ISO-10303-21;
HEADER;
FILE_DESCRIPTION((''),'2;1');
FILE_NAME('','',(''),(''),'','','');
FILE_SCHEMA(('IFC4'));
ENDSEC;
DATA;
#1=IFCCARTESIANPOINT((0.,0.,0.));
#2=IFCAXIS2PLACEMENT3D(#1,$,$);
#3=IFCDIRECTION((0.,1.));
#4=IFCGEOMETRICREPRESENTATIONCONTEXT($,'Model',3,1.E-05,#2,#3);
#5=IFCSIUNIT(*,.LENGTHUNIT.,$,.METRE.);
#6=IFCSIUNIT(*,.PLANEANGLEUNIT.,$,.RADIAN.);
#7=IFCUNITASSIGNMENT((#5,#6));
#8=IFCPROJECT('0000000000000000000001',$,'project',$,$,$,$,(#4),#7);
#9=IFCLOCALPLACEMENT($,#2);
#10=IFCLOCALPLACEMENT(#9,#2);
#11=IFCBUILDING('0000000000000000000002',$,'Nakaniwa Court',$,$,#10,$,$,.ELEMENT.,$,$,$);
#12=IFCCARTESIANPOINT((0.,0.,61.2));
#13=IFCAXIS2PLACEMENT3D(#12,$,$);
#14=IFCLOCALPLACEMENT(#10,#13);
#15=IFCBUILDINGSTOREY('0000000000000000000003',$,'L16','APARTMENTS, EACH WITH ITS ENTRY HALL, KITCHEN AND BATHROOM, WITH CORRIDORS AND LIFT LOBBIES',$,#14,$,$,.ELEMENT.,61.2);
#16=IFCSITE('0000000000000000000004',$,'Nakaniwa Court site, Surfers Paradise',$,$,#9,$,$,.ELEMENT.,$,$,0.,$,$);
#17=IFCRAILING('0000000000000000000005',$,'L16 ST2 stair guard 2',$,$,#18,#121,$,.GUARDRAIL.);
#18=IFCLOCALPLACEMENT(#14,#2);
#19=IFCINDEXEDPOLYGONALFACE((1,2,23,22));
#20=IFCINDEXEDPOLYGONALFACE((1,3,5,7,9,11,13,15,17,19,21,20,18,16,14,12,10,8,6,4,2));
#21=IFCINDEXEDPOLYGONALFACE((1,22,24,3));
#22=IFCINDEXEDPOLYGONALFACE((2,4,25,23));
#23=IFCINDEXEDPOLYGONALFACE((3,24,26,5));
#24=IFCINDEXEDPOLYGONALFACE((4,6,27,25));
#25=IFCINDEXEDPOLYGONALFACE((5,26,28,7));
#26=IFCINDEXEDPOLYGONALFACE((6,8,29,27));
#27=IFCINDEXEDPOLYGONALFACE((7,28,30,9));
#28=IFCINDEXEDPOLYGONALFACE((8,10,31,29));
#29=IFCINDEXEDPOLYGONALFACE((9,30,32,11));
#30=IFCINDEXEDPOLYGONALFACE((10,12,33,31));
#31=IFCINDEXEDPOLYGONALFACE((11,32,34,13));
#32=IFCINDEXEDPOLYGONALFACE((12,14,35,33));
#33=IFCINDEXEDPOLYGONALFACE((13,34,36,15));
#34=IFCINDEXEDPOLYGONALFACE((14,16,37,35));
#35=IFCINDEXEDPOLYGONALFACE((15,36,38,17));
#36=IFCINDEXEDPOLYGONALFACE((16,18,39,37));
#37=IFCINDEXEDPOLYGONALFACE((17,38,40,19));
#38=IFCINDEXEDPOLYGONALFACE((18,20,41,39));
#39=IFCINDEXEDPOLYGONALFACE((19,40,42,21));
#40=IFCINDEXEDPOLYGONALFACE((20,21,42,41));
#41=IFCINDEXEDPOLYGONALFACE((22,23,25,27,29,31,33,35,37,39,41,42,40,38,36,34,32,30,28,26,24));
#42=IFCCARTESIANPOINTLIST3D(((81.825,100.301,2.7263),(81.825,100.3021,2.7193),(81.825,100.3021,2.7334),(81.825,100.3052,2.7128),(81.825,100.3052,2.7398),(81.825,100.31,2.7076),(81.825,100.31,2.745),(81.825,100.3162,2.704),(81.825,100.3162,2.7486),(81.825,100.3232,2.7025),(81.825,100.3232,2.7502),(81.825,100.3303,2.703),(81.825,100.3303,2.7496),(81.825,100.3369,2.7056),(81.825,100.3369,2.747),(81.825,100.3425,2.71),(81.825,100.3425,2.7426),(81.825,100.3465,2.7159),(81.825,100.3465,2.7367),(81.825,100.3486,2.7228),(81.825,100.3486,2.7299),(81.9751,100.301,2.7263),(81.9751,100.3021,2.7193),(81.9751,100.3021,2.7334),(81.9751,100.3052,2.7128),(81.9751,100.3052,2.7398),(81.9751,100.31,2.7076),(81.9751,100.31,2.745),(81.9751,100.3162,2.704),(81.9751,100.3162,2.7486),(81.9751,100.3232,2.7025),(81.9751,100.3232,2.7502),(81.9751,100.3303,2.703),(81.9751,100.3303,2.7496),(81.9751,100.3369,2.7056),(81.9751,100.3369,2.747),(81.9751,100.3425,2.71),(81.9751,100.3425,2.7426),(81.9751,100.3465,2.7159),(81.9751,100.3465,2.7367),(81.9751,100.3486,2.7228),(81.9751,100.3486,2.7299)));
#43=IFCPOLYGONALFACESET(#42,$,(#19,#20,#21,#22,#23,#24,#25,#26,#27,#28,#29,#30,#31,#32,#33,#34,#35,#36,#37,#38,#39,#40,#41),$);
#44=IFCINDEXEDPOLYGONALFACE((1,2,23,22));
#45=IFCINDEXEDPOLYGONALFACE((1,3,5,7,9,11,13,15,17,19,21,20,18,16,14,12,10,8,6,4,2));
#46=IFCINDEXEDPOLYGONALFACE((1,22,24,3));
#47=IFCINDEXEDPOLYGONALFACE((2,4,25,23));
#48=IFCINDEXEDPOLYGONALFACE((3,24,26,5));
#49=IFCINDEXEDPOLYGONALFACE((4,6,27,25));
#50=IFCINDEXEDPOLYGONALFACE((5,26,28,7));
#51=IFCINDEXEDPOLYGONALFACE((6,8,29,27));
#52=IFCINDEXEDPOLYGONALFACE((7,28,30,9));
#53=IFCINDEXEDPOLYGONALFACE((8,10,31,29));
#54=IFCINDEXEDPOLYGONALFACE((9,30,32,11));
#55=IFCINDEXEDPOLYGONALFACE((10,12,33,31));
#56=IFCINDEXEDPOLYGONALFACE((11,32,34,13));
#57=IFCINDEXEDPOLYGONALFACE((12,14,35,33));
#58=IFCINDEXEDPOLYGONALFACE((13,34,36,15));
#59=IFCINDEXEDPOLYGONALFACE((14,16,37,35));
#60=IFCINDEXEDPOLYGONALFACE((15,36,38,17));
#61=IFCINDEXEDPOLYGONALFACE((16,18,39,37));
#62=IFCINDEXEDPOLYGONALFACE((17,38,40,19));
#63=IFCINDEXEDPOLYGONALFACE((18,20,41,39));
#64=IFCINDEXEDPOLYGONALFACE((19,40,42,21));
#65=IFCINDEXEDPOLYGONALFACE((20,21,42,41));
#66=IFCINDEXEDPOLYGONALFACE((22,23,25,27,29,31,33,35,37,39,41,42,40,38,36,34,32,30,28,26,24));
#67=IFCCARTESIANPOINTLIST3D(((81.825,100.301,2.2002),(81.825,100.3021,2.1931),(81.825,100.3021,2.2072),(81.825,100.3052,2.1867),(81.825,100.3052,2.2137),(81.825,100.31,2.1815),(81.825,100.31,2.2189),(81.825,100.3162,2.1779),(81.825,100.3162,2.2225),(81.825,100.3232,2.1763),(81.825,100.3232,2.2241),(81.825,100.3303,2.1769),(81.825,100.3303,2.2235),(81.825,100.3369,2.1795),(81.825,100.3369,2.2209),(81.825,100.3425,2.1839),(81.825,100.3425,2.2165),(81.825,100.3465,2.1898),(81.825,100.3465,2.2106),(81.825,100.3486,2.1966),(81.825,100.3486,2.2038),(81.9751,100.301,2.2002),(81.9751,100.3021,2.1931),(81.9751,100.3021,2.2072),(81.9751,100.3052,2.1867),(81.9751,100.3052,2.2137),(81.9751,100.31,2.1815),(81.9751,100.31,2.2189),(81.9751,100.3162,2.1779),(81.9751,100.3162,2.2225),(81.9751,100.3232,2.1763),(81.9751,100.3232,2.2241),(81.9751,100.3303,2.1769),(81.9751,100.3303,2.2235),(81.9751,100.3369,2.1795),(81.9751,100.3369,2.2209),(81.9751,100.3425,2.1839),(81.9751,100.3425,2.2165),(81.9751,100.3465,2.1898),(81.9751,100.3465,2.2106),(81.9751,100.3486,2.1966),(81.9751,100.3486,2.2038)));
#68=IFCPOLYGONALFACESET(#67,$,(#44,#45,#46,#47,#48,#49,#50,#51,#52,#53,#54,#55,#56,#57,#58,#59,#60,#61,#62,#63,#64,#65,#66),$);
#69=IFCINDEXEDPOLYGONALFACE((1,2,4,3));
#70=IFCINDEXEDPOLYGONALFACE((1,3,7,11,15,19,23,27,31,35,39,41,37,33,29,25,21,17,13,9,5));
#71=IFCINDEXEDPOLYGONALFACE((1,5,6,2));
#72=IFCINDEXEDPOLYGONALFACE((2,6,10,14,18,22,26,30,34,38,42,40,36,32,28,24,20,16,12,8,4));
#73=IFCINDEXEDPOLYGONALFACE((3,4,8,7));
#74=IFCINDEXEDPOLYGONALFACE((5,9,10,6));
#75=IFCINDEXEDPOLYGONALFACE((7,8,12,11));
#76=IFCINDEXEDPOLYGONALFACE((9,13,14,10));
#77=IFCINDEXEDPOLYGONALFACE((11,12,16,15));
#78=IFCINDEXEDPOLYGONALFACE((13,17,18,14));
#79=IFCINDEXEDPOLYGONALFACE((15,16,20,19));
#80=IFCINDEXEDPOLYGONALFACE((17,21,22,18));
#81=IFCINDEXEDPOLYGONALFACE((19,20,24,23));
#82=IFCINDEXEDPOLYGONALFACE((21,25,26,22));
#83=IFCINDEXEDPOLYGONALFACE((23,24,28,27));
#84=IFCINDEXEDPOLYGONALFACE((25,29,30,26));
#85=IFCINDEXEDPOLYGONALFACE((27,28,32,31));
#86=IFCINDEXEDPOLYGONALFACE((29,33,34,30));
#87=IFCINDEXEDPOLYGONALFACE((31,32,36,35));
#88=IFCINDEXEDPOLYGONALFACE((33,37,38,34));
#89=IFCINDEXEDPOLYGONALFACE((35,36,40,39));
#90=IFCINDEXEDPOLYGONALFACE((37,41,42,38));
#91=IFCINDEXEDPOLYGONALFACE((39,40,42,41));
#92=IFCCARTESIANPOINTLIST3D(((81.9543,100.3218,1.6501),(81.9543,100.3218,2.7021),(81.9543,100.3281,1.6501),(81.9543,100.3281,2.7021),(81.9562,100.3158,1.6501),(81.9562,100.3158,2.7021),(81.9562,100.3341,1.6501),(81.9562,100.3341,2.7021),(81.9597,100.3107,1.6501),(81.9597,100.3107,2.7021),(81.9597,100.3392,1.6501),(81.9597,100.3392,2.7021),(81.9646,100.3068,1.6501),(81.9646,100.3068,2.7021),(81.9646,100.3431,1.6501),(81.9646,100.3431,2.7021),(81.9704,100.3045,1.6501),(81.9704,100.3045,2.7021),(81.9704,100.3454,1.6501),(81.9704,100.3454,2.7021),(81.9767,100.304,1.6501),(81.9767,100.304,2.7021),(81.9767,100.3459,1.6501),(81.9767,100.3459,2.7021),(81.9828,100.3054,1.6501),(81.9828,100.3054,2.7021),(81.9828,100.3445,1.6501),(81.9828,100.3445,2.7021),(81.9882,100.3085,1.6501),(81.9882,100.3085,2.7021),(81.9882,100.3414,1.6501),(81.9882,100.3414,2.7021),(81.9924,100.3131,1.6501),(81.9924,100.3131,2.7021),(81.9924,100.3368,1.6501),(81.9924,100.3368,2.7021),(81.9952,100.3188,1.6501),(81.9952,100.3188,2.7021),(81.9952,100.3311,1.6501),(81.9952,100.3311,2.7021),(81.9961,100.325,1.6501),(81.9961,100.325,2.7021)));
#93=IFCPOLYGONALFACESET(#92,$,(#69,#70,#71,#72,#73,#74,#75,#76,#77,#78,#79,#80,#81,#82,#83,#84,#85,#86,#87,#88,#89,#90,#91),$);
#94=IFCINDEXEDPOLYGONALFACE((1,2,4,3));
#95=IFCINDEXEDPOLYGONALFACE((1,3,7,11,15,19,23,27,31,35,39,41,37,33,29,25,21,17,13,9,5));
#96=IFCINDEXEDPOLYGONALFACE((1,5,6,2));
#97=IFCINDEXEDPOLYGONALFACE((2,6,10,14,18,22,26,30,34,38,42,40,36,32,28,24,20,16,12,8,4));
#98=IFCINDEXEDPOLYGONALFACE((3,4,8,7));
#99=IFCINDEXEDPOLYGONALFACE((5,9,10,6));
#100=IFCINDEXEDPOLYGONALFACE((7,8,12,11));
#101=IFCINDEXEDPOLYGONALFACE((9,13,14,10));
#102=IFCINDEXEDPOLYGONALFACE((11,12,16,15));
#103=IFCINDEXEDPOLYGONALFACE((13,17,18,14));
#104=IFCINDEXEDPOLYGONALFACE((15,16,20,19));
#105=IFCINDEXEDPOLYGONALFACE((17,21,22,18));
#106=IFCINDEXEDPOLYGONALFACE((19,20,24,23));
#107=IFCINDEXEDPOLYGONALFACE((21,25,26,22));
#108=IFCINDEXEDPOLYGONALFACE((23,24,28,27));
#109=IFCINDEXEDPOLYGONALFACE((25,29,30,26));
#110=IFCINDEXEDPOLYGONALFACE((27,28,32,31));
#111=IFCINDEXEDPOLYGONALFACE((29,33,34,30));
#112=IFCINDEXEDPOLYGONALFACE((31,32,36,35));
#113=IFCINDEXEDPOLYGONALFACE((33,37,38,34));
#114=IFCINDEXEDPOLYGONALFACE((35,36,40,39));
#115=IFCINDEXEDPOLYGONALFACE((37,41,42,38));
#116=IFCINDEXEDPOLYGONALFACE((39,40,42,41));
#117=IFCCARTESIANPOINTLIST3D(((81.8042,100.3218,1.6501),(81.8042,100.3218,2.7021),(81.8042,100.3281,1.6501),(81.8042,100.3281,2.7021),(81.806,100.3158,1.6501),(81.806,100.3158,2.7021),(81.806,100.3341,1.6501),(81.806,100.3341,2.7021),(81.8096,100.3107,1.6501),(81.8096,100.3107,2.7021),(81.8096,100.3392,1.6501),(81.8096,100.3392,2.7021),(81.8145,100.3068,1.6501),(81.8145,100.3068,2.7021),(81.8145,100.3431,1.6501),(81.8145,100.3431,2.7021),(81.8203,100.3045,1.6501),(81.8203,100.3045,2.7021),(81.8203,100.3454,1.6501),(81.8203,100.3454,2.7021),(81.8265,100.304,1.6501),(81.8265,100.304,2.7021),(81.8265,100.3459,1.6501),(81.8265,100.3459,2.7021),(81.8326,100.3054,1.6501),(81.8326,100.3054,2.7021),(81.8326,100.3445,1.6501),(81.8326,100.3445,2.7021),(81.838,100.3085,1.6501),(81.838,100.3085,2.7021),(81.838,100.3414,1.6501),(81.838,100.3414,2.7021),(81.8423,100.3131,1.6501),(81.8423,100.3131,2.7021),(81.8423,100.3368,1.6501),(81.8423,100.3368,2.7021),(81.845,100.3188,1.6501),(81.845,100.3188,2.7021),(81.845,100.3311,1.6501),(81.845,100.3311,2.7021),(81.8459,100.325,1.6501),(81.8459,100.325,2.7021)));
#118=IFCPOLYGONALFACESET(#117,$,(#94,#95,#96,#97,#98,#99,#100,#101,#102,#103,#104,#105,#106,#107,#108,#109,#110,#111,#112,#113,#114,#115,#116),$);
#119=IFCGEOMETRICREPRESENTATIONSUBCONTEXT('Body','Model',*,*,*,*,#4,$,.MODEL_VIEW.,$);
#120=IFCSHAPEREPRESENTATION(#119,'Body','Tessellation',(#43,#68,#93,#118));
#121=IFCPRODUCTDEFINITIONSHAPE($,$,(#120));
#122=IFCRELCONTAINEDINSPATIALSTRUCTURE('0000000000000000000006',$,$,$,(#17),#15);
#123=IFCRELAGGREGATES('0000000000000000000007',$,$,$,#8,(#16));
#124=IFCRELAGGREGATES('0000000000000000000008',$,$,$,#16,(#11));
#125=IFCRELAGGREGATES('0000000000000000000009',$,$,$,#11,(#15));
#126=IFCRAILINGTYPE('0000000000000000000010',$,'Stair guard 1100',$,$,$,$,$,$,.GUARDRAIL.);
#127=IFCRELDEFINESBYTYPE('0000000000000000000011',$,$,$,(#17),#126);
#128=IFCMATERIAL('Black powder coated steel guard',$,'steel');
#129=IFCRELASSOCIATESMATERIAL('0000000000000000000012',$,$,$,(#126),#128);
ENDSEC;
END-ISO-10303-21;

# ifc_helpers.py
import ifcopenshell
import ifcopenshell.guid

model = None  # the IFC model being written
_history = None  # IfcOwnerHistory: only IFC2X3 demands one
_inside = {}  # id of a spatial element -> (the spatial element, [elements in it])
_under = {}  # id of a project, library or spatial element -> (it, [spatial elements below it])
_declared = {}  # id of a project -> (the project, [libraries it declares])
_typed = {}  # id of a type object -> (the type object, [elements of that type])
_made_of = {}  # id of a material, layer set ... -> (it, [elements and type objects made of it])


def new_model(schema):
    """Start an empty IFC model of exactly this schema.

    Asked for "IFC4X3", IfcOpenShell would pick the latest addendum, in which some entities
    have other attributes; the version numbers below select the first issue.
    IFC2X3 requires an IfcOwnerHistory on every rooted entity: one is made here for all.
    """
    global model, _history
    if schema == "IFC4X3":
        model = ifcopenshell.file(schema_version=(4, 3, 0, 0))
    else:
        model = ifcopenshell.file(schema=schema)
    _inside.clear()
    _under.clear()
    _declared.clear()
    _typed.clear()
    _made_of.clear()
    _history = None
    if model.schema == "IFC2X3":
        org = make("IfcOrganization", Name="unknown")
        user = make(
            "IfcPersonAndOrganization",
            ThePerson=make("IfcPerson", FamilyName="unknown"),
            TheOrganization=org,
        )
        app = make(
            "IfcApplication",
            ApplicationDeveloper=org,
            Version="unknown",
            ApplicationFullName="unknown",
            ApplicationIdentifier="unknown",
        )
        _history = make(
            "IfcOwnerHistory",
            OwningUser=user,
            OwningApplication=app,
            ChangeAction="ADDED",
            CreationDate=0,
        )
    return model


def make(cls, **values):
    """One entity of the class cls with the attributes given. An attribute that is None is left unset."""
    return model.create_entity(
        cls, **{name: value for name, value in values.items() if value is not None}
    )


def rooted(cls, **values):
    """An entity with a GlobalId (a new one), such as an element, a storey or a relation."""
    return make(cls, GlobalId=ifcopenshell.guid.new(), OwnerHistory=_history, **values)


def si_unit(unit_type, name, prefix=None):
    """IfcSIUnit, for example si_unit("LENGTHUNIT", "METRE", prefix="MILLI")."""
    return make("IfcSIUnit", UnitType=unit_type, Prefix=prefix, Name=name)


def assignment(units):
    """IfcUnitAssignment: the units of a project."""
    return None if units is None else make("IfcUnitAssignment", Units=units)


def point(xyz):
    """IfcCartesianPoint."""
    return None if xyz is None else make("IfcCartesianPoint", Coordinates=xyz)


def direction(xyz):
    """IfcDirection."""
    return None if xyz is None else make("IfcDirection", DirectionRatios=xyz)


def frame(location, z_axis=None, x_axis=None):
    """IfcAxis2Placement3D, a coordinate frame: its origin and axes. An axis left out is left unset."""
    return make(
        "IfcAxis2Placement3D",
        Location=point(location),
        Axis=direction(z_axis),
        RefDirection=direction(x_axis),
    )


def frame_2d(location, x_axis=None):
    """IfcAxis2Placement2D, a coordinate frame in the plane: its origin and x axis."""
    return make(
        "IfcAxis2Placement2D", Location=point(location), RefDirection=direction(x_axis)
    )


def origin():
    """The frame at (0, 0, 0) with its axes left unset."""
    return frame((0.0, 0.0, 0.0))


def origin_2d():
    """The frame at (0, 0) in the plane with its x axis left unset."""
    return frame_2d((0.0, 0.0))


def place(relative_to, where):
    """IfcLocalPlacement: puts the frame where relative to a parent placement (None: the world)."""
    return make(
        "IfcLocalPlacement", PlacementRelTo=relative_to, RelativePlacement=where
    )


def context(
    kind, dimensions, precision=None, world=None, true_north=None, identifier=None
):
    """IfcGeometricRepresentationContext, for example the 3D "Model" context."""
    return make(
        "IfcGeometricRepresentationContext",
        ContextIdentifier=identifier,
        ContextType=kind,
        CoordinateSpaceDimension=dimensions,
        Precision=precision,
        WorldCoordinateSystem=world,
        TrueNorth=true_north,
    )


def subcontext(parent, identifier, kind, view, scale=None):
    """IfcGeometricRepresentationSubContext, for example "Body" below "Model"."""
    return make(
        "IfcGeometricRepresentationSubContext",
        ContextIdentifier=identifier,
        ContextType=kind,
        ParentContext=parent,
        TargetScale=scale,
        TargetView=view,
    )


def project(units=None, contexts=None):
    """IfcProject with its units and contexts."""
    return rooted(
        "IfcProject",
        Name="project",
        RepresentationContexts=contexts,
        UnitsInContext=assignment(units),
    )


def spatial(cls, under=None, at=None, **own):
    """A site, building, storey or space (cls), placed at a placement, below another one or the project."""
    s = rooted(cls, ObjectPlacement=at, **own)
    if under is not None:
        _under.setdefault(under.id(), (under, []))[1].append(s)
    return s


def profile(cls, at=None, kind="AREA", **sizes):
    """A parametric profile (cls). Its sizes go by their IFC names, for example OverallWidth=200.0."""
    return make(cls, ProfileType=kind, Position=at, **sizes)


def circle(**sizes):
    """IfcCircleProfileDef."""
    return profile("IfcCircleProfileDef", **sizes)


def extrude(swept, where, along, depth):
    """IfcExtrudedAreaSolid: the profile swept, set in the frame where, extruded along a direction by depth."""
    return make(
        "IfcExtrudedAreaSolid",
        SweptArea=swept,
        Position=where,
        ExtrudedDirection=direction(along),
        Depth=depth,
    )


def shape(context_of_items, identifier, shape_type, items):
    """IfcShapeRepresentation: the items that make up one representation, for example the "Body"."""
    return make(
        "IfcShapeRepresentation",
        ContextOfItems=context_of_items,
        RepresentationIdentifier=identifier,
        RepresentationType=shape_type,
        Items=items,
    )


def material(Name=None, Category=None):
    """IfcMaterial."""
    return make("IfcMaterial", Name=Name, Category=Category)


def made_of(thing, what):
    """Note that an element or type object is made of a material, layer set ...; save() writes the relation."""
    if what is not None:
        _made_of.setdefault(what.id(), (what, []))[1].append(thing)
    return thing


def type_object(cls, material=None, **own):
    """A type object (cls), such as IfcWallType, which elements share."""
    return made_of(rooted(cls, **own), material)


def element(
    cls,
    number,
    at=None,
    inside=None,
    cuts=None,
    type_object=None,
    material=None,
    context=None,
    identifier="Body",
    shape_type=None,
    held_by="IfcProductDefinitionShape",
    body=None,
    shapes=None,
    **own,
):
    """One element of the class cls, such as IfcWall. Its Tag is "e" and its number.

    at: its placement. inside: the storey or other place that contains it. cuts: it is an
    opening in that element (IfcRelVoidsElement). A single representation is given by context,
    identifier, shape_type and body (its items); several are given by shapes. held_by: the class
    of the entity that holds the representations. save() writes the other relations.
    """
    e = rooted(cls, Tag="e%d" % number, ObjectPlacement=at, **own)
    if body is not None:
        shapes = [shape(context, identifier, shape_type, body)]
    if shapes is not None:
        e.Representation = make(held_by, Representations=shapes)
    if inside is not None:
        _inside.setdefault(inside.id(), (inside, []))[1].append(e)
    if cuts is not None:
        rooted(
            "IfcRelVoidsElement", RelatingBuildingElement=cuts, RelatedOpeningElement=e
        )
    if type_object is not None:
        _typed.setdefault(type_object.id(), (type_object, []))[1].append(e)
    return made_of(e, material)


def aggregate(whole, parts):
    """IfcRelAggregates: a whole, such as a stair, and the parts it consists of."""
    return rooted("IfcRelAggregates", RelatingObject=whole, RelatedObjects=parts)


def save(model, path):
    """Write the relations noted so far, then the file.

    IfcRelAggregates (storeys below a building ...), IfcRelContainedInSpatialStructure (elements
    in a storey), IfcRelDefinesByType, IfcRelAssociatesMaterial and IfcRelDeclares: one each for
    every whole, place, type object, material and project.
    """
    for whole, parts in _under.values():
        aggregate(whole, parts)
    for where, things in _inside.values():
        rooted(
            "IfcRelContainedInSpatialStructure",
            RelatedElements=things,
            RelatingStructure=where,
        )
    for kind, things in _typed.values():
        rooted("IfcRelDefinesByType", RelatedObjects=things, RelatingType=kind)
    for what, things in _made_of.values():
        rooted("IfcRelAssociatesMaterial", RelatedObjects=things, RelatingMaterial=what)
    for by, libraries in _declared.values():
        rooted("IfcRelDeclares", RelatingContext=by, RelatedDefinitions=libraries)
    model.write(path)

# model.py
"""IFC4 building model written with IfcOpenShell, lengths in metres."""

from ifc_helpers import new_model, si_unit, direction, frame, origin, origin_2d, place, context, subcontext, project, spatial, circle, extrude, material, type_object, element, save


model = new_model("IFC4")

# Units and contexts
model_context = context("Model", 3, precision=1e-05, world=origin(), true_north=direction((0.0, 1.0)))
body_context = subcontext(model_context, "Body", "Model", "MODEL_VIEW")
ifc_project = project(units=[si_unit("LENGTHUNIT", "METRE"), si_unit("PLANEANGLEUNIT", "RADIAN")], contexts=[model_context])

# Site, building, storey
site_placement = place(None, origin())
site = spatial("IfcSite", under=ifc_project, at=site_placement, Name="Nakaniwa Court site, Surfers Paradise", CompositionType="ELEMENT", RefElevation=0.0)
building_placement = place(site_placement, origin())
building = spatial("IfcBuilding", under=site, at=building_placement, Name="Nakaniwa Court", CompositionType="ELEMENT")
storey_placement = place(building_placement, frame((0.0, 0.0, 61.2)))
storey = spatial("IfcBuildingStorey", under=building, at=storey_placement, Name="L16", Description="APARTMENTS, EACH WITH ITS ENTRY HALL, KITCHEN AND BATHROOM, WITH CORRIDORS AND LIFT LOBBIES", CompositionType="ELEMENT", Elevation=61.2)

# Railing
ifc_material_1 = material(Name="Black powder coated steel guard", Category="steel")
railing_type_1 = type_object("IfcRailingType", Name="Stair guard 1100", PredefinedType="GUARDRAIL", material=ifc_material_1)
railing_1_placement = place(storey_placement, frame((81.9751, 100.325, 1.6501)))
element("IfcRailing", 1, at=railing_1_placement, inside=storey, type_object=railing_type_1, Name="L16 ST2 stair guard 2", PredefinedType="GUARDRAIL", context=body_context, shape_type="SweptSolid", body=[
    extrude(circle(Radius=0.0239, at=origin_2d()), frame((0.0, 0.0, 1.0762), z_axis=(-1.0, 0.0, 0.0), x_axis=(0.0, -1.0, 0.0)), (0.0, 0.0, 1.0), 0.1501),
    extrude(circle(Radius=0.0239, at=origin_2d()), frame((0.0, 0.0, 0.55), z_axis=(-1.0, 0.0, 0.0), x_axis=(0.0, -1.0, 0.0)), (0.0, 0.0, 1.0), 0.1501),
    extrude(circle(Radius=0.021, at=origin_2d()), origin(), (0.0, 0.0, 1.0), 1.052),
    extrude(circle(Radius=0.021, at=origin_2d()), frame((-0.1501, 0.0, 0.0)), (0.0, 0.0, 1.0), 1.052),
])

save(model, "model.ifc")
